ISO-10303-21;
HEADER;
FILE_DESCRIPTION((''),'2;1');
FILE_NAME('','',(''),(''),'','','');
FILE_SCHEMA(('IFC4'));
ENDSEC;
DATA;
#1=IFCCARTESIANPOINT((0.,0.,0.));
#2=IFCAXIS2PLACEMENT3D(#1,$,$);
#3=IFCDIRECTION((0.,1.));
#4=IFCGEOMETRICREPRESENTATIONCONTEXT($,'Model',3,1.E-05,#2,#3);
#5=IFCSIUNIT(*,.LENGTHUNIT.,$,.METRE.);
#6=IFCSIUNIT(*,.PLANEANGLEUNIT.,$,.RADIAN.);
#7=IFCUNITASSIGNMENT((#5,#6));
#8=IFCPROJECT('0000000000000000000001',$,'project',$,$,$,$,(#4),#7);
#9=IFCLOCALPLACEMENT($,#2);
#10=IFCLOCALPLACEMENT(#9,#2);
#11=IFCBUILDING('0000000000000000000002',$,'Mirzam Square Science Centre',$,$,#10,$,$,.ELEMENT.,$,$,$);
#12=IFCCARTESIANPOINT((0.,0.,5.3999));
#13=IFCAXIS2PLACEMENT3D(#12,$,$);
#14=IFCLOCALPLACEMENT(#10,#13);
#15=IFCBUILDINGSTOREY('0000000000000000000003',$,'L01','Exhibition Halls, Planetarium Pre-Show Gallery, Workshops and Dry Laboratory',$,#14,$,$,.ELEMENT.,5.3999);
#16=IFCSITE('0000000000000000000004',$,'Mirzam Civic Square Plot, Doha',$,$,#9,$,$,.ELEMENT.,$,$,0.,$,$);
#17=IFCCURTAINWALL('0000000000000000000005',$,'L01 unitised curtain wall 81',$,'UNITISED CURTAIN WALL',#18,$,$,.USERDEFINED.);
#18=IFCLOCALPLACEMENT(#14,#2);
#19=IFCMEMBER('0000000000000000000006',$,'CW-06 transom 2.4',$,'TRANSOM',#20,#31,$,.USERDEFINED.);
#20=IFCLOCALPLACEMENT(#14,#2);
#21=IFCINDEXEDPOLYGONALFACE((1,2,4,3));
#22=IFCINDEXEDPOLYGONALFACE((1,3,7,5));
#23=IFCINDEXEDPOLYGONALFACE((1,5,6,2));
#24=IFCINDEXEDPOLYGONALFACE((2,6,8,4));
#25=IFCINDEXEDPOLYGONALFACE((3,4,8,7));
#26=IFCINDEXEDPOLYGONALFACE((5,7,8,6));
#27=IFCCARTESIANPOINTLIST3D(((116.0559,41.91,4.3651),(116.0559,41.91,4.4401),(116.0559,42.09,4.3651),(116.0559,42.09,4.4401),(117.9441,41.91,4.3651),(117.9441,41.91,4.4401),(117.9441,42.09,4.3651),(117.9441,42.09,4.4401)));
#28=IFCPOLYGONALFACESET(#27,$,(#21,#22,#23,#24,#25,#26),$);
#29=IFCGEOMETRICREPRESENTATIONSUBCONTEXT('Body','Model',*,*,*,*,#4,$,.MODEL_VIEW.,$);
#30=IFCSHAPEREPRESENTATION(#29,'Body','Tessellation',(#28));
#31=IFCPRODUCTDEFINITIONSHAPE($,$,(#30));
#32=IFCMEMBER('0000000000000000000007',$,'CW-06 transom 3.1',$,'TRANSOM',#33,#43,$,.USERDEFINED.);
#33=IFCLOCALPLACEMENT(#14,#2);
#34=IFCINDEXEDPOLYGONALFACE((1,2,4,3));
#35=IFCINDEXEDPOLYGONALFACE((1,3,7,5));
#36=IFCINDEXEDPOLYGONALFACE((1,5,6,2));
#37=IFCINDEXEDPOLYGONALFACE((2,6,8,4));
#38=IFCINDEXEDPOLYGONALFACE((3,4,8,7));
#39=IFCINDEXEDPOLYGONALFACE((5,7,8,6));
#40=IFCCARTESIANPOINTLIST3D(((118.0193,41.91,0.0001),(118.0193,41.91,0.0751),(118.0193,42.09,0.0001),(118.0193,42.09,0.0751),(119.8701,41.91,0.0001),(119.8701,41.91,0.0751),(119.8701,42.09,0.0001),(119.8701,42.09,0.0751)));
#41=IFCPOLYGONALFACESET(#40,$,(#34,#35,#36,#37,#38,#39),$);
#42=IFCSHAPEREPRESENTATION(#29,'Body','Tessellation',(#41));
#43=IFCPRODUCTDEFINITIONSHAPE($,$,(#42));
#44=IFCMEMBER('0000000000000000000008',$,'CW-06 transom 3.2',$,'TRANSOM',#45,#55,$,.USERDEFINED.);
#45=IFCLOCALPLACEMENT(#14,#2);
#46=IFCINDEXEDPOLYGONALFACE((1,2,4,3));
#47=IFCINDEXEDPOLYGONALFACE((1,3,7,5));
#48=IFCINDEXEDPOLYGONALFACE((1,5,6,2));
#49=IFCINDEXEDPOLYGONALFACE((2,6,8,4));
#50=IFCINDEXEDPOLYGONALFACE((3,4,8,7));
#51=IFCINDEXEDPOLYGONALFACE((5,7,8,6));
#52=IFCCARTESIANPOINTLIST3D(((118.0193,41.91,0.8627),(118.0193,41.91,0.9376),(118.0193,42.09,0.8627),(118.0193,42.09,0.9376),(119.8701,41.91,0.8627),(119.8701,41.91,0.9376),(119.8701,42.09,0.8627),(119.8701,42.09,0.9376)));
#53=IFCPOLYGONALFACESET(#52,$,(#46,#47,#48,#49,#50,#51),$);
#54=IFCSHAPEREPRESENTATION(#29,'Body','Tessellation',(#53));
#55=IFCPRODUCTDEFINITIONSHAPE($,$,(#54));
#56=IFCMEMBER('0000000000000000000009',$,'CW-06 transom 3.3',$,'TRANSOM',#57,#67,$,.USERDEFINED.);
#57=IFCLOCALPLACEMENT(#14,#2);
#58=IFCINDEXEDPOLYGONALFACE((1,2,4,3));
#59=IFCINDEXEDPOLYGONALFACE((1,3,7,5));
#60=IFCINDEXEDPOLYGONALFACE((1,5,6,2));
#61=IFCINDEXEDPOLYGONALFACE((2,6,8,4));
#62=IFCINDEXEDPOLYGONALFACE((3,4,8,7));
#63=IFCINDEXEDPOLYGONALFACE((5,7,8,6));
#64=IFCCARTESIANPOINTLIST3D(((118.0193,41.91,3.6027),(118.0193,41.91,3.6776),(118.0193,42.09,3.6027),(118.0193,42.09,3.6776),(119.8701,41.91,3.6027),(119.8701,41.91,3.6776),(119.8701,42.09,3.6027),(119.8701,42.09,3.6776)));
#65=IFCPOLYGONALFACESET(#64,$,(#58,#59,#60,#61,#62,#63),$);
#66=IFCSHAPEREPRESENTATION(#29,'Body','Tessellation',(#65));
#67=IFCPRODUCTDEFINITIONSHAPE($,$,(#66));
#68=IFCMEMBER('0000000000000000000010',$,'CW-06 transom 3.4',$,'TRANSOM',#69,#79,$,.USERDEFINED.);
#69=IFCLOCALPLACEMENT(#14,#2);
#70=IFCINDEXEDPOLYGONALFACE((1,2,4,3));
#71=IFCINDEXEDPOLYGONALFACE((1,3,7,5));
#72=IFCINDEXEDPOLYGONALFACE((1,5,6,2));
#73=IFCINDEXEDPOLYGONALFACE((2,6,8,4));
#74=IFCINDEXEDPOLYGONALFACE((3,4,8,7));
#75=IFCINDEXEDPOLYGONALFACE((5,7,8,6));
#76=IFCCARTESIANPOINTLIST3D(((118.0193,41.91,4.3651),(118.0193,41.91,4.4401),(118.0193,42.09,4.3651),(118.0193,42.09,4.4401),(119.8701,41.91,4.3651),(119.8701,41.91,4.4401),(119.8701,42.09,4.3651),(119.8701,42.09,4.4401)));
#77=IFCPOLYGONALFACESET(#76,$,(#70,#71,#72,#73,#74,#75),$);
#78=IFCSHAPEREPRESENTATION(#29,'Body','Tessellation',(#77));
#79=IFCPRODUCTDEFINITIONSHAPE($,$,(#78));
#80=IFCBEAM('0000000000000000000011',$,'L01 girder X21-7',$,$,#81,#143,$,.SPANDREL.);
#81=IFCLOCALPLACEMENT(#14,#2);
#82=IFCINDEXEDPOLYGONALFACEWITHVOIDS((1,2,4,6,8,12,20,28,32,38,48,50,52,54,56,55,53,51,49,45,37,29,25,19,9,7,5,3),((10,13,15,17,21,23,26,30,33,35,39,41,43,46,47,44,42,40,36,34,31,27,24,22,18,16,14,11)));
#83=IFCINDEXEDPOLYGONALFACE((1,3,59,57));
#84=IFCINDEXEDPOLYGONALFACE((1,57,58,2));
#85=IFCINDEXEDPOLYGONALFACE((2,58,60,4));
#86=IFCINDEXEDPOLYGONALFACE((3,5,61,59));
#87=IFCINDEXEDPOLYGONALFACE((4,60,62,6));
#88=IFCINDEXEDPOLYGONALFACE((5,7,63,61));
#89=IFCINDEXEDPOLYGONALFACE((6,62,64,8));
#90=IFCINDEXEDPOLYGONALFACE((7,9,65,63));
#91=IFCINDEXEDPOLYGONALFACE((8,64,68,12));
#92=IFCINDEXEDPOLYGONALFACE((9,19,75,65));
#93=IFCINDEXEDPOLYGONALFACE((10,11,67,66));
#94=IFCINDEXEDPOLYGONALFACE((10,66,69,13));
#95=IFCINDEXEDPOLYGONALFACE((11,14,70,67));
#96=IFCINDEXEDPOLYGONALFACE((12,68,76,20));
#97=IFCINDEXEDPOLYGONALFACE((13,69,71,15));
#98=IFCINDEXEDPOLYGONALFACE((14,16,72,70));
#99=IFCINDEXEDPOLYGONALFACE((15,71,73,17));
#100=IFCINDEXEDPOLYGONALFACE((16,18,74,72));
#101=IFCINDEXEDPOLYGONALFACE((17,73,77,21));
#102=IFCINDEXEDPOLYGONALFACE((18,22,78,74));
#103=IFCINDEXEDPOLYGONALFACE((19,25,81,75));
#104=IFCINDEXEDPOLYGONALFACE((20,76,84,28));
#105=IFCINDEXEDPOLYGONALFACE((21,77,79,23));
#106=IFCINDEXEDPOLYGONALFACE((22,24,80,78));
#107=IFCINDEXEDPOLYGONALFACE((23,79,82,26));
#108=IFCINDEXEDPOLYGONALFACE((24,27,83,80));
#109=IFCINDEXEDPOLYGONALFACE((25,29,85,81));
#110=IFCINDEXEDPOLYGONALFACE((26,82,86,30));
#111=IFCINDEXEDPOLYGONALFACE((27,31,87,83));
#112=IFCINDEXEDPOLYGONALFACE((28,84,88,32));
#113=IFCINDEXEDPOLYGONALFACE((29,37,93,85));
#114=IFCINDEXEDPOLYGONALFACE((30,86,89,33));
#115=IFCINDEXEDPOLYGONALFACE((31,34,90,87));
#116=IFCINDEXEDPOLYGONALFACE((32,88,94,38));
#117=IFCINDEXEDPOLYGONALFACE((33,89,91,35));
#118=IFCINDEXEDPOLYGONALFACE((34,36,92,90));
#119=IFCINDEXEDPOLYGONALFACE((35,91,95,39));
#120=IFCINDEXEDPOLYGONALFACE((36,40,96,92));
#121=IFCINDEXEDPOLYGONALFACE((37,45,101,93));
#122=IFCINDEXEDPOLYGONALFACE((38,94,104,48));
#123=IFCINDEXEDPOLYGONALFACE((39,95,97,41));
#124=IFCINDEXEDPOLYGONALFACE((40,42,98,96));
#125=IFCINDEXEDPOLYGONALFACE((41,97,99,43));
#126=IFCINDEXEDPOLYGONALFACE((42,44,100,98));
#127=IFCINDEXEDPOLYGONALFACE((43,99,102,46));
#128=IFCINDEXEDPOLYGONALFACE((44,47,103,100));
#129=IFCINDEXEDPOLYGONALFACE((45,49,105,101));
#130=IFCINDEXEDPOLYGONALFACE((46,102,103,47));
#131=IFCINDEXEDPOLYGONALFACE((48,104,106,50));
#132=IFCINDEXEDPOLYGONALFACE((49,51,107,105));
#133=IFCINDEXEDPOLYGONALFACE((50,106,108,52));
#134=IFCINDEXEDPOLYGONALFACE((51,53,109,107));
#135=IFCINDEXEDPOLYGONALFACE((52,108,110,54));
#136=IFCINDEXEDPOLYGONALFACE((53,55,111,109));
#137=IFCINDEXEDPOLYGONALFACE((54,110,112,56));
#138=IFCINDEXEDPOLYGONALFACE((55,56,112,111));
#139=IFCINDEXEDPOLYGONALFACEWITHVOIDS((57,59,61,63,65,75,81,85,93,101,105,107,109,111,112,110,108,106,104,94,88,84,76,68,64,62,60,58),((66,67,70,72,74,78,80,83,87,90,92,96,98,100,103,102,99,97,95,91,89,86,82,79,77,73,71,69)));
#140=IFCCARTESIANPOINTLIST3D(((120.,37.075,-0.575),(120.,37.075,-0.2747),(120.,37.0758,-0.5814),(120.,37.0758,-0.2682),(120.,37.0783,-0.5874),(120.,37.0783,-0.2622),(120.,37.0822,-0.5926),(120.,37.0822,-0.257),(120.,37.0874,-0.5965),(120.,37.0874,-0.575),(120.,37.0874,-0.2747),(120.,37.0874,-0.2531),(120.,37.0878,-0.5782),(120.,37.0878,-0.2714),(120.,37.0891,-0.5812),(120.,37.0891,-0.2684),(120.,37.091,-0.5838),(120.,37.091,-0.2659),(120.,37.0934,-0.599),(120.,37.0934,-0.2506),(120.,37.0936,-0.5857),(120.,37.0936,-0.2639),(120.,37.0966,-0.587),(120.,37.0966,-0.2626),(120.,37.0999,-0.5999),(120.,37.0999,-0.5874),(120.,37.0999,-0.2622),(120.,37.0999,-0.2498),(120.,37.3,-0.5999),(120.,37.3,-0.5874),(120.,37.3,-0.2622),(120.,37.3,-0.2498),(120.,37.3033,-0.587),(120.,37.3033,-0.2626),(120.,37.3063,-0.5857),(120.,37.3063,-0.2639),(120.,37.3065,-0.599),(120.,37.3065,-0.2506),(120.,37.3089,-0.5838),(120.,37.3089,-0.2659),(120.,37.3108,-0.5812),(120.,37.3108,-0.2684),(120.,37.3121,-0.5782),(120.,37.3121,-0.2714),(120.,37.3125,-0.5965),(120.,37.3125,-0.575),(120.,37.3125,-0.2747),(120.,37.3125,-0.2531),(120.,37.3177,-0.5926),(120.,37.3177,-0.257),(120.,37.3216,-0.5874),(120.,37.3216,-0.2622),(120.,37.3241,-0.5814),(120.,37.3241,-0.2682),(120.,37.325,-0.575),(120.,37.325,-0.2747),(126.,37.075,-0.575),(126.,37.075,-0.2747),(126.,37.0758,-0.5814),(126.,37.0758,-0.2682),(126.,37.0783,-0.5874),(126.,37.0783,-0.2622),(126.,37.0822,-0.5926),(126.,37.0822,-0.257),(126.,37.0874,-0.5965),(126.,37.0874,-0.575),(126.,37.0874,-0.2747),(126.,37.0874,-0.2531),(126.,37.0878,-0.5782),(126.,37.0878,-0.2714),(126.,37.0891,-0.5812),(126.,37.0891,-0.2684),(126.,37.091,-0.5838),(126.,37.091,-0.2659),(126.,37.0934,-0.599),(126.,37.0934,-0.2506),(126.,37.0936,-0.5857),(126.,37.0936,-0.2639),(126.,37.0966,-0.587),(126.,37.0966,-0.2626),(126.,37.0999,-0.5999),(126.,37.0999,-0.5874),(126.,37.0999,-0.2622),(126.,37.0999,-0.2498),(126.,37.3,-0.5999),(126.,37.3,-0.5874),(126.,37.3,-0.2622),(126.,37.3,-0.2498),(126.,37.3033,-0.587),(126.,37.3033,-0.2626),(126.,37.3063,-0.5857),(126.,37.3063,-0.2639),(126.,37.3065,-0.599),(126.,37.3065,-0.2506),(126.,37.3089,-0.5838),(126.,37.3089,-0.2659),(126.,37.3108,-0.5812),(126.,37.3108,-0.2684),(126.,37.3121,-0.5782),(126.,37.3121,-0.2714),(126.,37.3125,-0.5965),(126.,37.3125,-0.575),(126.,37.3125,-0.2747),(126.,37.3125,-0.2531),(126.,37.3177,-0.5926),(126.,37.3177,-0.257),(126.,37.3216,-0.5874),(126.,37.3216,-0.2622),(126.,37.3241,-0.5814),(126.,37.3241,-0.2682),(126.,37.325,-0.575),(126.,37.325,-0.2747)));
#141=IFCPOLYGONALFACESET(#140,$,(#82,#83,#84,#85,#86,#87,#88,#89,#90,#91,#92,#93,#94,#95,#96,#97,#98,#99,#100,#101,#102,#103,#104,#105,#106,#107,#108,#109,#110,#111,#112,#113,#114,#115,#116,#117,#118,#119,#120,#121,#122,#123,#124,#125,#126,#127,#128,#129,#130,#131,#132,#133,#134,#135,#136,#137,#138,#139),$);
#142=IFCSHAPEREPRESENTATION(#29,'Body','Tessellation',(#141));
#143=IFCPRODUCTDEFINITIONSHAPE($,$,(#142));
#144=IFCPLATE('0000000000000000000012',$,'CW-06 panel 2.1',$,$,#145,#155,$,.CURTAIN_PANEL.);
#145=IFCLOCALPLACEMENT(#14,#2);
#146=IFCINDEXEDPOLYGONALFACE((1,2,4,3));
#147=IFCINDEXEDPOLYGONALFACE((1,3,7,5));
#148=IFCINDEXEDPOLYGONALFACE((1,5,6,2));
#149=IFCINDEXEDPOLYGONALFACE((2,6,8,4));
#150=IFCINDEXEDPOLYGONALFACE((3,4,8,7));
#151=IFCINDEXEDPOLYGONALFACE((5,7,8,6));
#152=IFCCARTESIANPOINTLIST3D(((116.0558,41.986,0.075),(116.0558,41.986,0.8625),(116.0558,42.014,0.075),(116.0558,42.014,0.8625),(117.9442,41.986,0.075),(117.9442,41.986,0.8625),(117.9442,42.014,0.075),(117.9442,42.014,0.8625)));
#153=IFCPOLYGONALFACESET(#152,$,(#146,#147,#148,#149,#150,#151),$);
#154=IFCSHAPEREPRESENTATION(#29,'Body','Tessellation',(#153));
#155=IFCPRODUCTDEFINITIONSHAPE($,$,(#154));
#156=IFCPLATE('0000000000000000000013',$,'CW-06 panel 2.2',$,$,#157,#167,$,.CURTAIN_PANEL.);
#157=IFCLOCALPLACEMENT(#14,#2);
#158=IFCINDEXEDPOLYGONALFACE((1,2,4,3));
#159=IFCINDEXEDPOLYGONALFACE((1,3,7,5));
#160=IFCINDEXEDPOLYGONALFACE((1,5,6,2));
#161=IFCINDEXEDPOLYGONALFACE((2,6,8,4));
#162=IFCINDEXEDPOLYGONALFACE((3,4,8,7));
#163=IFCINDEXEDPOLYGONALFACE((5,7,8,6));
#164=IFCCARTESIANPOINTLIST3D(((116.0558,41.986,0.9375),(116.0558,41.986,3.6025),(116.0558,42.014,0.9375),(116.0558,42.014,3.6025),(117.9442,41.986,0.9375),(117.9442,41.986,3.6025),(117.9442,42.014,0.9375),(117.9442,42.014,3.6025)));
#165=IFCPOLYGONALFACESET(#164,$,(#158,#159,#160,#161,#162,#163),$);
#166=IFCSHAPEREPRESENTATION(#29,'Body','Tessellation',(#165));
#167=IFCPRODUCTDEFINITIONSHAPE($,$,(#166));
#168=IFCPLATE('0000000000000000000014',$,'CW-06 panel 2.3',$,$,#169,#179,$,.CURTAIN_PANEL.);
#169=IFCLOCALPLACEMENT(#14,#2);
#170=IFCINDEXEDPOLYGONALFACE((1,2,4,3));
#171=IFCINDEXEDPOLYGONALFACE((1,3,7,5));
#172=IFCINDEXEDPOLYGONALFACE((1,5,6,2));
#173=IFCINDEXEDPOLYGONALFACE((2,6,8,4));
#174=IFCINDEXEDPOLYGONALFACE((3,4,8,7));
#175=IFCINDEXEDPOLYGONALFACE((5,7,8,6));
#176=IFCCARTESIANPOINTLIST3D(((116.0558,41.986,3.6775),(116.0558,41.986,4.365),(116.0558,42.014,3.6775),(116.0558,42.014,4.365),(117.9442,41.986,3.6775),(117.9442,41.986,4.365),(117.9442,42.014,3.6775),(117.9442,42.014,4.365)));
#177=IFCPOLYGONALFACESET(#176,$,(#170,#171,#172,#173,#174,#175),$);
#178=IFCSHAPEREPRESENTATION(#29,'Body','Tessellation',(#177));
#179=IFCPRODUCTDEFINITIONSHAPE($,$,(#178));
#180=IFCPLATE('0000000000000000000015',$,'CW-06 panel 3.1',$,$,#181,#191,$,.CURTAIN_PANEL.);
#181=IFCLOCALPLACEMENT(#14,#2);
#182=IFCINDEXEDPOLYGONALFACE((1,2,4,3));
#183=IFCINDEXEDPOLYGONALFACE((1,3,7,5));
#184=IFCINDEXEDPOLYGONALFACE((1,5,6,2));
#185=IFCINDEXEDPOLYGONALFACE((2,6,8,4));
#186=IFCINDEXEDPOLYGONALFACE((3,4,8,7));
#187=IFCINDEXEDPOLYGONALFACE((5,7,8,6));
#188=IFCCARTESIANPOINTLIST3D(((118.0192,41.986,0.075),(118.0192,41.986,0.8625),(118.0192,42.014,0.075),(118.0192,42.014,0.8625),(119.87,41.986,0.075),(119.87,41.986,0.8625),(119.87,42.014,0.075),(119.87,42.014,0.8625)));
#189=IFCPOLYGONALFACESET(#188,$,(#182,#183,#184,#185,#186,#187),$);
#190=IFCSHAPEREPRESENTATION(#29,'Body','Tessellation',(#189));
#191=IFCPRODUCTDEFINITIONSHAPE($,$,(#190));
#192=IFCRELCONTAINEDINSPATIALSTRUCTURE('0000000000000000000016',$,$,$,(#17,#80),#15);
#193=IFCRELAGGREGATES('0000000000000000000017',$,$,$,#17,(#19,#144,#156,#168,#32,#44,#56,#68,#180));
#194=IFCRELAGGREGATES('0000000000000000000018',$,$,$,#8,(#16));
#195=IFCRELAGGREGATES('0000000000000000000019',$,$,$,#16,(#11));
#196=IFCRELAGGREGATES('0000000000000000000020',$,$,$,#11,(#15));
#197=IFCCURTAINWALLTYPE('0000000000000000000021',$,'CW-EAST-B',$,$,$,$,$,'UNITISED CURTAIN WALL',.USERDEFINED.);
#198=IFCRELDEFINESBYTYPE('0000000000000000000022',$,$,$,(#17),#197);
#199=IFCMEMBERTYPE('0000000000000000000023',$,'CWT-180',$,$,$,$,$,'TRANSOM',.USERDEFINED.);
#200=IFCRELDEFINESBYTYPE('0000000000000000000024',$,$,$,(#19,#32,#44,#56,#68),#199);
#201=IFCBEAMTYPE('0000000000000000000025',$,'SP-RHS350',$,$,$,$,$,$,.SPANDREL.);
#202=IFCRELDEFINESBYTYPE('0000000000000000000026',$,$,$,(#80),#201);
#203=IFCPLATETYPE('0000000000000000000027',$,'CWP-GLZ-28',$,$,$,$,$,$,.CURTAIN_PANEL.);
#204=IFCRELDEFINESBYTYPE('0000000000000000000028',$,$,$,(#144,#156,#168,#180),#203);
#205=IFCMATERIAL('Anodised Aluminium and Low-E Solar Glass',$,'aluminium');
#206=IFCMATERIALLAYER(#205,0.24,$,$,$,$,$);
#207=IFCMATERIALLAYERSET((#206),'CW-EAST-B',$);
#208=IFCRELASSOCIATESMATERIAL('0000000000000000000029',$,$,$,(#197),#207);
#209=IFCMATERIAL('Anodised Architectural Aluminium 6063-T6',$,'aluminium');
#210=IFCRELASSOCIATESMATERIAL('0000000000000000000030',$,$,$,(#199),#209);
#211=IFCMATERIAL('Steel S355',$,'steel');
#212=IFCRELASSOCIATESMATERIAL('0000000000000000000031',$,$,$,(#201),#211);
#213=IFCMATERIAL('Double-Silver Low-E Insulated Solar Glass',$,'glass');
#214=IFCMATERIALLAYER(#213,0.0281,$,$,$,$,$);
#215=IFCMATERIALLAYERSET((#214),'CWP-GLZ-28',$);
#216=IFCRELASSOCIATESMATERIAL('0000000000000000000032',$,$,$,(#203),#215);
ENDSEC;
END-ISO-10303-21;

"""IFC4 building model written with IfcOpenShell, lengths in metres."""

from ifc_helpers import new_model, si_unit, direction, frame, origin, origin_2d, place, context, subcontext, project, spatial, rectangle, hollow_rectangle, extrude, material, layer, layer_set, material_profile, profile_set, type_object, element, aggregate, save


model = new_model("IFC4")

# Units and contexts
model_context = context("Model", 3, precision=1e-05, world=origin(), true_north=direction((0.0, 1.0)))
body_context = subcontext(model_context, "Body", "Model", "MODEL_VIEW")
ifc_project = project(units=[si_unit("LENGTHUNIT", "METRE"), si_unit("PLANEANGLEUNIT", "RADIAN")], contexts=[model_context])

# Site, building, storey
site_placement = place(None, origin())
site = spatial("IfcSite", under=ifc_project, at=site_placement, Name="Mirzam Civic Square Plot, Doha", CompositionType="ELEMENT", RefElevation=0.0)
building_placement = place(site_placement, origin())
building = spatial("IfcBuilding", under=site, at=building_placement, Name="Mirzam Square Science Centre", CompositionType="ELEMENT")
storey_placement = place(building_placement, frame((0.0, 0.0, 5.3999)))
storey = spatial("IfcBuildingStorey", under=building, at=storey_placement, Name="L01", Description="Exhibition Halls, Planetarium Pre-Show Gallery, Workshops and Dry Laboratory", CompositionType="ELEMENT", Elevation=5.3999)

# Shared definitions
ifc_material_1 = material(Name="Steel S355", Category="steel")

# Curtain wall, members
ifc_material_2 = material(Name="Anodised Aluminium and Low-E Solar Glass", Category="aluminium")
ifc_layer_1 = layer(ifc_material_2, 0.24)
ifc_layer_set_1 = layer_set([ifc_layer_1], Name="CW-EAST-B")
curtain_wall_type = type_object("IfcCurtainWallType", Name="CW-EAST-B", ElementType="UNITISED CURTAIN WALL", PredefinedType="USERDEFINED", material=ifc_layer_set_1)
curtain_wall_placement = place(storey_placement, origin())
curtain_wall = element("IfcCurtainWall", 1, at=curtain_wall_placement, inside=storey, type_object=curtain_wall_type, Name="L01 unitised curtain wall 81", ObjectType="UNITISED CURTAIN WALL", PredefinedType="USERDEFINED")
ifc_material_3 = material(Name="Anodised Architectural Aluminium 6063-T6", Category="aluminium")
ifc_material_profile_1 = material_profile(ifc_material_3, rectangle(XDim=0.1799, YDim=0.075, at=origin_2d()), Name="ALU-TRAN-180x75x5")
ifc_profile_set_1 = profile_set([ifc_material_profile_1], Name="Anodised Architectural Aluminium 6063-T6")
member_type_1 = type_object("IfcMemberType", Name="CWT-180", ElementType="TRANSOM", PredefinedType="USERDEFINED", material=ifc_profile_set_1)
member_1_placement = place(storey_placement, frame((116.0559, 42.0, 4.4026), z_axis=(1.0, 0.0, 0.0), x_axis=(0.0, 1.0, 0.0)))
member_1 = element("IfcMember", 2, at=member_1_placement, type_object=member_type_1, Name="CW-06 transom 2.4", ObjectType="TRANSOM", PredefinedType="USERDEFINED", context=body_context, shape_type="SweptSolid", body=[
    extrude(rectangle(XDim=0.1799, YDim=0.075, at=origin_2d()), origin(), (0.0, 0.0, 1.0), 1.8882),
])
member_2_placement = place(storey_placement, frame((118.0193, 42.0, 0.0376), z_axis=(1.0, 0.0, 0.0), x_axis=(0.0, 1.0, 0.0)))
member_2 = element("IfcMember", 3, at=member_2_placement, type_object=member_type_1, Name="CW-06 transom 3.1", ObjectType="TRANSOM", PredefinedType="USERDEFINED", context=body_context, shape_type="SweptSolid", body=[
    extrude(rectangle(XDim=0.1799, YDim=0.075, at=origin_2d()), origin(), (0.0, 0.0, 1.0), 1.8508),
])
member_3_placement = place(storey_placement, frame((118.0193, 42.0, 0.9001), z_axis=(1.0, 0.0, 0.0), x_axis=(0.0, 1.0, 0.0)))
member_3 = element("IfcMember", 4, at=member_3_placement, type_object=member_type_1, Name="CW-06 transom 3.2", ObjectType="TRANSOM", PredefinedType="USERDEFINED", context=body_context, shape_type="SweptSolid", body=[
    extrude(rectangle(XDim=0.1799, YDim=0.075, at=origin_2d()), origin(), (0.0, 0.0, 1.0), 1.8508),
])
member_4_placement = place(storey_placement, frame((118.0193, 42.0, 3.6401), z_axis=(1.0, 0.0, 0.0), x_axis=(0.0, 1.0, 0.0)))
member_4 = element("IfcMember", 5, at=member_4_placement, type_object=member_type_1, Name="CW-06 transom 3.3", ObjectType="TRANSOM", PredefinedType="USERDEFINED", context=body_context, shape_type="SweptSolid", body=[
    extrude(rectangle(XDim=0.1799, YDim=0.075, at=origin_2d()), origin(), (0.0, 0.0, 1.0), 1.8508),
])
member_5_placement = place(storey_placement, frame((118.0193, 42.0, 4.4026), z_axis=(1.0, 0.0, 0.0), x_axis=(0.0, 1.0, 0.0)))
member_5 = element("IfcMember", 6, at=member_5_placement, type_object=member_type_1, Name="CW-06 transom 3.4", ObjectType="TRANSOM", PredefinedType="USERDEFINED", context=body_context, shape_type="SweptSolid", body=[
    extrude(rectangle(XDim=0.1799, YDim=0.075, at=origin_2d()), origin(), (0.0, 0.0, 1.0), 1.8508),
])

# Beam
ifc_material_profile_2 = material_profile(ifc_material_1, hollow_rectangle(XDim=0.25, YDim=0.3501, WallThickness=0.0125, InnerFilletRadius=0.0125, OuterFilletRadius=0.0249, at=origin_2d()), Name="350x250x12.5RHS")
ifc_profile_set_2 = profile_set([ifc_material_profile_2], Name="Steel S355")
beam_type_1 = type_object("IfcBeamType", Name="SP-RHS350", PredefinedType="SPANDREL", material=ifc_profile_set_2)
beam_1_placement = place(storey_placement, frame((120.0, 37.2, -0.4248), z_axis=(1.0, 0.0, 0.0), x_axis=(0.0, 1.0, 0.0)))
element("IfcBeam", 7, at=beam_1_placement, inside=storey, type_object=beam_type_1, Name="L01 girder X21-7", PredefinedType="SPANDREL", context=body_context, shape_type="SweptSolid", body=[
    extrude(hollow_rectangle(XDim=0.25, YDim=0.3501, WallThickness=0.0125, InnerFilletRadius=0.0125, OuterFilletRadius=0.0249, at=origin_2d()), origin(), (0.0, 0.0, 1.0), 6.0),
])

# Plates
ifc_material_4 = material(Name="Double-Silver Low-E Insulated Solar Glass", Category="glass")
ifc_layer_2 = layer(ifc_material_4, 0.0281)
ifc_layer_set_2 = layer_set([ifc_layer_2], Name="CWP-GLZ-28")
plate_type = type_object("IfcPlateType", Name="CWP-GLZ-28", PredefinedType="CURTAIN_PANEL", material=ifc_layer_set_2)
plate_1_placement = place(storey_placement, frame((117.0, 42.0, 0.075), z_axis=(0.0, 0.0, 1.0), x_axis=(1.0, 0.0, 0.0)))
plate_1 = element("IfcPlate", 8, at=plate_1_placement, type_object=plate_type, Name="CW-06 panel 2.1", PredefinedType="CURTAIN_PANEL", context=body_context, shape_type="SweptSolid", body=[
    extrude(rectangle(XDim=1.8884, YDim=0.0281, at=origin_2d()), origin(), (0.0, 0.0, 1.0), 0.7876),
])
plate_2_placement = place(storey_placement, frame((117.0, 42.0, 0.9375), z_axis=(0.0, 0.0, 1.0), x_axis=(1.0, 0.0, 0.0)))
plate_2 = element("IfcPlate", 9, at=plate_2_placement, type_object=plate_type, Name="CW-06 panel 2.2", PredefinedType="CURTAIN_PANEL", context=body_context, shape_type="SweptSolid", body=[
    extrude(rectangle(XDim=1.8884, YDim=0.0281, at=origin_2d()), origin(), (0.0, 0.0, 1.0), 2.665),
])
plate_3_placement = place(storey_placement, frame((117.0, 42.0, 3.6775), z_axis=(0.0, 0.0, 1.0), x_axis=(1.0, 0.0, 0.0)))
plate_3 = element("IfcPlate", 10, at=plate_3_placement, type_object=plate_type, Name="CW-06 panel 2.3", PredefinedType="CURTAIN_PANEL", context=body_context, shape_type="SweptSolid", body=[
    extrude(rectangle(XDim=1.8884, YDim=0.0281, at=origin_2d()), origin(), (0.0, 0.0, 1.0), 0.6875),
])
plate_4_placement = place(storey_placement, frame((118.9446, 42.0, 0.075), z_axis=(0.0, 0.0, 1.0), x_axis=(1.0, 0.0, 0.0)))
plate_4 = element("IfcPlate", 11, at=plate_4_placement, type_object=plate_type, Name="CW-06 panel 3.1", PredefinedType="CURTAIN_PANEL", context=body_context, shape_type="SweptSolid", body=[
    extrude(rectangle(XDim=1.8508, YDim=0.0281, at=origin_2d()), origin(), (0.0, 0.0, 1.0), 0.7876),
])
aggregate(curtain_wall, [member_1, plate_1, plate_2, plate_3, member_2, member_3, member_4, member_5, plate_4])

save(model, "model.ifc")
